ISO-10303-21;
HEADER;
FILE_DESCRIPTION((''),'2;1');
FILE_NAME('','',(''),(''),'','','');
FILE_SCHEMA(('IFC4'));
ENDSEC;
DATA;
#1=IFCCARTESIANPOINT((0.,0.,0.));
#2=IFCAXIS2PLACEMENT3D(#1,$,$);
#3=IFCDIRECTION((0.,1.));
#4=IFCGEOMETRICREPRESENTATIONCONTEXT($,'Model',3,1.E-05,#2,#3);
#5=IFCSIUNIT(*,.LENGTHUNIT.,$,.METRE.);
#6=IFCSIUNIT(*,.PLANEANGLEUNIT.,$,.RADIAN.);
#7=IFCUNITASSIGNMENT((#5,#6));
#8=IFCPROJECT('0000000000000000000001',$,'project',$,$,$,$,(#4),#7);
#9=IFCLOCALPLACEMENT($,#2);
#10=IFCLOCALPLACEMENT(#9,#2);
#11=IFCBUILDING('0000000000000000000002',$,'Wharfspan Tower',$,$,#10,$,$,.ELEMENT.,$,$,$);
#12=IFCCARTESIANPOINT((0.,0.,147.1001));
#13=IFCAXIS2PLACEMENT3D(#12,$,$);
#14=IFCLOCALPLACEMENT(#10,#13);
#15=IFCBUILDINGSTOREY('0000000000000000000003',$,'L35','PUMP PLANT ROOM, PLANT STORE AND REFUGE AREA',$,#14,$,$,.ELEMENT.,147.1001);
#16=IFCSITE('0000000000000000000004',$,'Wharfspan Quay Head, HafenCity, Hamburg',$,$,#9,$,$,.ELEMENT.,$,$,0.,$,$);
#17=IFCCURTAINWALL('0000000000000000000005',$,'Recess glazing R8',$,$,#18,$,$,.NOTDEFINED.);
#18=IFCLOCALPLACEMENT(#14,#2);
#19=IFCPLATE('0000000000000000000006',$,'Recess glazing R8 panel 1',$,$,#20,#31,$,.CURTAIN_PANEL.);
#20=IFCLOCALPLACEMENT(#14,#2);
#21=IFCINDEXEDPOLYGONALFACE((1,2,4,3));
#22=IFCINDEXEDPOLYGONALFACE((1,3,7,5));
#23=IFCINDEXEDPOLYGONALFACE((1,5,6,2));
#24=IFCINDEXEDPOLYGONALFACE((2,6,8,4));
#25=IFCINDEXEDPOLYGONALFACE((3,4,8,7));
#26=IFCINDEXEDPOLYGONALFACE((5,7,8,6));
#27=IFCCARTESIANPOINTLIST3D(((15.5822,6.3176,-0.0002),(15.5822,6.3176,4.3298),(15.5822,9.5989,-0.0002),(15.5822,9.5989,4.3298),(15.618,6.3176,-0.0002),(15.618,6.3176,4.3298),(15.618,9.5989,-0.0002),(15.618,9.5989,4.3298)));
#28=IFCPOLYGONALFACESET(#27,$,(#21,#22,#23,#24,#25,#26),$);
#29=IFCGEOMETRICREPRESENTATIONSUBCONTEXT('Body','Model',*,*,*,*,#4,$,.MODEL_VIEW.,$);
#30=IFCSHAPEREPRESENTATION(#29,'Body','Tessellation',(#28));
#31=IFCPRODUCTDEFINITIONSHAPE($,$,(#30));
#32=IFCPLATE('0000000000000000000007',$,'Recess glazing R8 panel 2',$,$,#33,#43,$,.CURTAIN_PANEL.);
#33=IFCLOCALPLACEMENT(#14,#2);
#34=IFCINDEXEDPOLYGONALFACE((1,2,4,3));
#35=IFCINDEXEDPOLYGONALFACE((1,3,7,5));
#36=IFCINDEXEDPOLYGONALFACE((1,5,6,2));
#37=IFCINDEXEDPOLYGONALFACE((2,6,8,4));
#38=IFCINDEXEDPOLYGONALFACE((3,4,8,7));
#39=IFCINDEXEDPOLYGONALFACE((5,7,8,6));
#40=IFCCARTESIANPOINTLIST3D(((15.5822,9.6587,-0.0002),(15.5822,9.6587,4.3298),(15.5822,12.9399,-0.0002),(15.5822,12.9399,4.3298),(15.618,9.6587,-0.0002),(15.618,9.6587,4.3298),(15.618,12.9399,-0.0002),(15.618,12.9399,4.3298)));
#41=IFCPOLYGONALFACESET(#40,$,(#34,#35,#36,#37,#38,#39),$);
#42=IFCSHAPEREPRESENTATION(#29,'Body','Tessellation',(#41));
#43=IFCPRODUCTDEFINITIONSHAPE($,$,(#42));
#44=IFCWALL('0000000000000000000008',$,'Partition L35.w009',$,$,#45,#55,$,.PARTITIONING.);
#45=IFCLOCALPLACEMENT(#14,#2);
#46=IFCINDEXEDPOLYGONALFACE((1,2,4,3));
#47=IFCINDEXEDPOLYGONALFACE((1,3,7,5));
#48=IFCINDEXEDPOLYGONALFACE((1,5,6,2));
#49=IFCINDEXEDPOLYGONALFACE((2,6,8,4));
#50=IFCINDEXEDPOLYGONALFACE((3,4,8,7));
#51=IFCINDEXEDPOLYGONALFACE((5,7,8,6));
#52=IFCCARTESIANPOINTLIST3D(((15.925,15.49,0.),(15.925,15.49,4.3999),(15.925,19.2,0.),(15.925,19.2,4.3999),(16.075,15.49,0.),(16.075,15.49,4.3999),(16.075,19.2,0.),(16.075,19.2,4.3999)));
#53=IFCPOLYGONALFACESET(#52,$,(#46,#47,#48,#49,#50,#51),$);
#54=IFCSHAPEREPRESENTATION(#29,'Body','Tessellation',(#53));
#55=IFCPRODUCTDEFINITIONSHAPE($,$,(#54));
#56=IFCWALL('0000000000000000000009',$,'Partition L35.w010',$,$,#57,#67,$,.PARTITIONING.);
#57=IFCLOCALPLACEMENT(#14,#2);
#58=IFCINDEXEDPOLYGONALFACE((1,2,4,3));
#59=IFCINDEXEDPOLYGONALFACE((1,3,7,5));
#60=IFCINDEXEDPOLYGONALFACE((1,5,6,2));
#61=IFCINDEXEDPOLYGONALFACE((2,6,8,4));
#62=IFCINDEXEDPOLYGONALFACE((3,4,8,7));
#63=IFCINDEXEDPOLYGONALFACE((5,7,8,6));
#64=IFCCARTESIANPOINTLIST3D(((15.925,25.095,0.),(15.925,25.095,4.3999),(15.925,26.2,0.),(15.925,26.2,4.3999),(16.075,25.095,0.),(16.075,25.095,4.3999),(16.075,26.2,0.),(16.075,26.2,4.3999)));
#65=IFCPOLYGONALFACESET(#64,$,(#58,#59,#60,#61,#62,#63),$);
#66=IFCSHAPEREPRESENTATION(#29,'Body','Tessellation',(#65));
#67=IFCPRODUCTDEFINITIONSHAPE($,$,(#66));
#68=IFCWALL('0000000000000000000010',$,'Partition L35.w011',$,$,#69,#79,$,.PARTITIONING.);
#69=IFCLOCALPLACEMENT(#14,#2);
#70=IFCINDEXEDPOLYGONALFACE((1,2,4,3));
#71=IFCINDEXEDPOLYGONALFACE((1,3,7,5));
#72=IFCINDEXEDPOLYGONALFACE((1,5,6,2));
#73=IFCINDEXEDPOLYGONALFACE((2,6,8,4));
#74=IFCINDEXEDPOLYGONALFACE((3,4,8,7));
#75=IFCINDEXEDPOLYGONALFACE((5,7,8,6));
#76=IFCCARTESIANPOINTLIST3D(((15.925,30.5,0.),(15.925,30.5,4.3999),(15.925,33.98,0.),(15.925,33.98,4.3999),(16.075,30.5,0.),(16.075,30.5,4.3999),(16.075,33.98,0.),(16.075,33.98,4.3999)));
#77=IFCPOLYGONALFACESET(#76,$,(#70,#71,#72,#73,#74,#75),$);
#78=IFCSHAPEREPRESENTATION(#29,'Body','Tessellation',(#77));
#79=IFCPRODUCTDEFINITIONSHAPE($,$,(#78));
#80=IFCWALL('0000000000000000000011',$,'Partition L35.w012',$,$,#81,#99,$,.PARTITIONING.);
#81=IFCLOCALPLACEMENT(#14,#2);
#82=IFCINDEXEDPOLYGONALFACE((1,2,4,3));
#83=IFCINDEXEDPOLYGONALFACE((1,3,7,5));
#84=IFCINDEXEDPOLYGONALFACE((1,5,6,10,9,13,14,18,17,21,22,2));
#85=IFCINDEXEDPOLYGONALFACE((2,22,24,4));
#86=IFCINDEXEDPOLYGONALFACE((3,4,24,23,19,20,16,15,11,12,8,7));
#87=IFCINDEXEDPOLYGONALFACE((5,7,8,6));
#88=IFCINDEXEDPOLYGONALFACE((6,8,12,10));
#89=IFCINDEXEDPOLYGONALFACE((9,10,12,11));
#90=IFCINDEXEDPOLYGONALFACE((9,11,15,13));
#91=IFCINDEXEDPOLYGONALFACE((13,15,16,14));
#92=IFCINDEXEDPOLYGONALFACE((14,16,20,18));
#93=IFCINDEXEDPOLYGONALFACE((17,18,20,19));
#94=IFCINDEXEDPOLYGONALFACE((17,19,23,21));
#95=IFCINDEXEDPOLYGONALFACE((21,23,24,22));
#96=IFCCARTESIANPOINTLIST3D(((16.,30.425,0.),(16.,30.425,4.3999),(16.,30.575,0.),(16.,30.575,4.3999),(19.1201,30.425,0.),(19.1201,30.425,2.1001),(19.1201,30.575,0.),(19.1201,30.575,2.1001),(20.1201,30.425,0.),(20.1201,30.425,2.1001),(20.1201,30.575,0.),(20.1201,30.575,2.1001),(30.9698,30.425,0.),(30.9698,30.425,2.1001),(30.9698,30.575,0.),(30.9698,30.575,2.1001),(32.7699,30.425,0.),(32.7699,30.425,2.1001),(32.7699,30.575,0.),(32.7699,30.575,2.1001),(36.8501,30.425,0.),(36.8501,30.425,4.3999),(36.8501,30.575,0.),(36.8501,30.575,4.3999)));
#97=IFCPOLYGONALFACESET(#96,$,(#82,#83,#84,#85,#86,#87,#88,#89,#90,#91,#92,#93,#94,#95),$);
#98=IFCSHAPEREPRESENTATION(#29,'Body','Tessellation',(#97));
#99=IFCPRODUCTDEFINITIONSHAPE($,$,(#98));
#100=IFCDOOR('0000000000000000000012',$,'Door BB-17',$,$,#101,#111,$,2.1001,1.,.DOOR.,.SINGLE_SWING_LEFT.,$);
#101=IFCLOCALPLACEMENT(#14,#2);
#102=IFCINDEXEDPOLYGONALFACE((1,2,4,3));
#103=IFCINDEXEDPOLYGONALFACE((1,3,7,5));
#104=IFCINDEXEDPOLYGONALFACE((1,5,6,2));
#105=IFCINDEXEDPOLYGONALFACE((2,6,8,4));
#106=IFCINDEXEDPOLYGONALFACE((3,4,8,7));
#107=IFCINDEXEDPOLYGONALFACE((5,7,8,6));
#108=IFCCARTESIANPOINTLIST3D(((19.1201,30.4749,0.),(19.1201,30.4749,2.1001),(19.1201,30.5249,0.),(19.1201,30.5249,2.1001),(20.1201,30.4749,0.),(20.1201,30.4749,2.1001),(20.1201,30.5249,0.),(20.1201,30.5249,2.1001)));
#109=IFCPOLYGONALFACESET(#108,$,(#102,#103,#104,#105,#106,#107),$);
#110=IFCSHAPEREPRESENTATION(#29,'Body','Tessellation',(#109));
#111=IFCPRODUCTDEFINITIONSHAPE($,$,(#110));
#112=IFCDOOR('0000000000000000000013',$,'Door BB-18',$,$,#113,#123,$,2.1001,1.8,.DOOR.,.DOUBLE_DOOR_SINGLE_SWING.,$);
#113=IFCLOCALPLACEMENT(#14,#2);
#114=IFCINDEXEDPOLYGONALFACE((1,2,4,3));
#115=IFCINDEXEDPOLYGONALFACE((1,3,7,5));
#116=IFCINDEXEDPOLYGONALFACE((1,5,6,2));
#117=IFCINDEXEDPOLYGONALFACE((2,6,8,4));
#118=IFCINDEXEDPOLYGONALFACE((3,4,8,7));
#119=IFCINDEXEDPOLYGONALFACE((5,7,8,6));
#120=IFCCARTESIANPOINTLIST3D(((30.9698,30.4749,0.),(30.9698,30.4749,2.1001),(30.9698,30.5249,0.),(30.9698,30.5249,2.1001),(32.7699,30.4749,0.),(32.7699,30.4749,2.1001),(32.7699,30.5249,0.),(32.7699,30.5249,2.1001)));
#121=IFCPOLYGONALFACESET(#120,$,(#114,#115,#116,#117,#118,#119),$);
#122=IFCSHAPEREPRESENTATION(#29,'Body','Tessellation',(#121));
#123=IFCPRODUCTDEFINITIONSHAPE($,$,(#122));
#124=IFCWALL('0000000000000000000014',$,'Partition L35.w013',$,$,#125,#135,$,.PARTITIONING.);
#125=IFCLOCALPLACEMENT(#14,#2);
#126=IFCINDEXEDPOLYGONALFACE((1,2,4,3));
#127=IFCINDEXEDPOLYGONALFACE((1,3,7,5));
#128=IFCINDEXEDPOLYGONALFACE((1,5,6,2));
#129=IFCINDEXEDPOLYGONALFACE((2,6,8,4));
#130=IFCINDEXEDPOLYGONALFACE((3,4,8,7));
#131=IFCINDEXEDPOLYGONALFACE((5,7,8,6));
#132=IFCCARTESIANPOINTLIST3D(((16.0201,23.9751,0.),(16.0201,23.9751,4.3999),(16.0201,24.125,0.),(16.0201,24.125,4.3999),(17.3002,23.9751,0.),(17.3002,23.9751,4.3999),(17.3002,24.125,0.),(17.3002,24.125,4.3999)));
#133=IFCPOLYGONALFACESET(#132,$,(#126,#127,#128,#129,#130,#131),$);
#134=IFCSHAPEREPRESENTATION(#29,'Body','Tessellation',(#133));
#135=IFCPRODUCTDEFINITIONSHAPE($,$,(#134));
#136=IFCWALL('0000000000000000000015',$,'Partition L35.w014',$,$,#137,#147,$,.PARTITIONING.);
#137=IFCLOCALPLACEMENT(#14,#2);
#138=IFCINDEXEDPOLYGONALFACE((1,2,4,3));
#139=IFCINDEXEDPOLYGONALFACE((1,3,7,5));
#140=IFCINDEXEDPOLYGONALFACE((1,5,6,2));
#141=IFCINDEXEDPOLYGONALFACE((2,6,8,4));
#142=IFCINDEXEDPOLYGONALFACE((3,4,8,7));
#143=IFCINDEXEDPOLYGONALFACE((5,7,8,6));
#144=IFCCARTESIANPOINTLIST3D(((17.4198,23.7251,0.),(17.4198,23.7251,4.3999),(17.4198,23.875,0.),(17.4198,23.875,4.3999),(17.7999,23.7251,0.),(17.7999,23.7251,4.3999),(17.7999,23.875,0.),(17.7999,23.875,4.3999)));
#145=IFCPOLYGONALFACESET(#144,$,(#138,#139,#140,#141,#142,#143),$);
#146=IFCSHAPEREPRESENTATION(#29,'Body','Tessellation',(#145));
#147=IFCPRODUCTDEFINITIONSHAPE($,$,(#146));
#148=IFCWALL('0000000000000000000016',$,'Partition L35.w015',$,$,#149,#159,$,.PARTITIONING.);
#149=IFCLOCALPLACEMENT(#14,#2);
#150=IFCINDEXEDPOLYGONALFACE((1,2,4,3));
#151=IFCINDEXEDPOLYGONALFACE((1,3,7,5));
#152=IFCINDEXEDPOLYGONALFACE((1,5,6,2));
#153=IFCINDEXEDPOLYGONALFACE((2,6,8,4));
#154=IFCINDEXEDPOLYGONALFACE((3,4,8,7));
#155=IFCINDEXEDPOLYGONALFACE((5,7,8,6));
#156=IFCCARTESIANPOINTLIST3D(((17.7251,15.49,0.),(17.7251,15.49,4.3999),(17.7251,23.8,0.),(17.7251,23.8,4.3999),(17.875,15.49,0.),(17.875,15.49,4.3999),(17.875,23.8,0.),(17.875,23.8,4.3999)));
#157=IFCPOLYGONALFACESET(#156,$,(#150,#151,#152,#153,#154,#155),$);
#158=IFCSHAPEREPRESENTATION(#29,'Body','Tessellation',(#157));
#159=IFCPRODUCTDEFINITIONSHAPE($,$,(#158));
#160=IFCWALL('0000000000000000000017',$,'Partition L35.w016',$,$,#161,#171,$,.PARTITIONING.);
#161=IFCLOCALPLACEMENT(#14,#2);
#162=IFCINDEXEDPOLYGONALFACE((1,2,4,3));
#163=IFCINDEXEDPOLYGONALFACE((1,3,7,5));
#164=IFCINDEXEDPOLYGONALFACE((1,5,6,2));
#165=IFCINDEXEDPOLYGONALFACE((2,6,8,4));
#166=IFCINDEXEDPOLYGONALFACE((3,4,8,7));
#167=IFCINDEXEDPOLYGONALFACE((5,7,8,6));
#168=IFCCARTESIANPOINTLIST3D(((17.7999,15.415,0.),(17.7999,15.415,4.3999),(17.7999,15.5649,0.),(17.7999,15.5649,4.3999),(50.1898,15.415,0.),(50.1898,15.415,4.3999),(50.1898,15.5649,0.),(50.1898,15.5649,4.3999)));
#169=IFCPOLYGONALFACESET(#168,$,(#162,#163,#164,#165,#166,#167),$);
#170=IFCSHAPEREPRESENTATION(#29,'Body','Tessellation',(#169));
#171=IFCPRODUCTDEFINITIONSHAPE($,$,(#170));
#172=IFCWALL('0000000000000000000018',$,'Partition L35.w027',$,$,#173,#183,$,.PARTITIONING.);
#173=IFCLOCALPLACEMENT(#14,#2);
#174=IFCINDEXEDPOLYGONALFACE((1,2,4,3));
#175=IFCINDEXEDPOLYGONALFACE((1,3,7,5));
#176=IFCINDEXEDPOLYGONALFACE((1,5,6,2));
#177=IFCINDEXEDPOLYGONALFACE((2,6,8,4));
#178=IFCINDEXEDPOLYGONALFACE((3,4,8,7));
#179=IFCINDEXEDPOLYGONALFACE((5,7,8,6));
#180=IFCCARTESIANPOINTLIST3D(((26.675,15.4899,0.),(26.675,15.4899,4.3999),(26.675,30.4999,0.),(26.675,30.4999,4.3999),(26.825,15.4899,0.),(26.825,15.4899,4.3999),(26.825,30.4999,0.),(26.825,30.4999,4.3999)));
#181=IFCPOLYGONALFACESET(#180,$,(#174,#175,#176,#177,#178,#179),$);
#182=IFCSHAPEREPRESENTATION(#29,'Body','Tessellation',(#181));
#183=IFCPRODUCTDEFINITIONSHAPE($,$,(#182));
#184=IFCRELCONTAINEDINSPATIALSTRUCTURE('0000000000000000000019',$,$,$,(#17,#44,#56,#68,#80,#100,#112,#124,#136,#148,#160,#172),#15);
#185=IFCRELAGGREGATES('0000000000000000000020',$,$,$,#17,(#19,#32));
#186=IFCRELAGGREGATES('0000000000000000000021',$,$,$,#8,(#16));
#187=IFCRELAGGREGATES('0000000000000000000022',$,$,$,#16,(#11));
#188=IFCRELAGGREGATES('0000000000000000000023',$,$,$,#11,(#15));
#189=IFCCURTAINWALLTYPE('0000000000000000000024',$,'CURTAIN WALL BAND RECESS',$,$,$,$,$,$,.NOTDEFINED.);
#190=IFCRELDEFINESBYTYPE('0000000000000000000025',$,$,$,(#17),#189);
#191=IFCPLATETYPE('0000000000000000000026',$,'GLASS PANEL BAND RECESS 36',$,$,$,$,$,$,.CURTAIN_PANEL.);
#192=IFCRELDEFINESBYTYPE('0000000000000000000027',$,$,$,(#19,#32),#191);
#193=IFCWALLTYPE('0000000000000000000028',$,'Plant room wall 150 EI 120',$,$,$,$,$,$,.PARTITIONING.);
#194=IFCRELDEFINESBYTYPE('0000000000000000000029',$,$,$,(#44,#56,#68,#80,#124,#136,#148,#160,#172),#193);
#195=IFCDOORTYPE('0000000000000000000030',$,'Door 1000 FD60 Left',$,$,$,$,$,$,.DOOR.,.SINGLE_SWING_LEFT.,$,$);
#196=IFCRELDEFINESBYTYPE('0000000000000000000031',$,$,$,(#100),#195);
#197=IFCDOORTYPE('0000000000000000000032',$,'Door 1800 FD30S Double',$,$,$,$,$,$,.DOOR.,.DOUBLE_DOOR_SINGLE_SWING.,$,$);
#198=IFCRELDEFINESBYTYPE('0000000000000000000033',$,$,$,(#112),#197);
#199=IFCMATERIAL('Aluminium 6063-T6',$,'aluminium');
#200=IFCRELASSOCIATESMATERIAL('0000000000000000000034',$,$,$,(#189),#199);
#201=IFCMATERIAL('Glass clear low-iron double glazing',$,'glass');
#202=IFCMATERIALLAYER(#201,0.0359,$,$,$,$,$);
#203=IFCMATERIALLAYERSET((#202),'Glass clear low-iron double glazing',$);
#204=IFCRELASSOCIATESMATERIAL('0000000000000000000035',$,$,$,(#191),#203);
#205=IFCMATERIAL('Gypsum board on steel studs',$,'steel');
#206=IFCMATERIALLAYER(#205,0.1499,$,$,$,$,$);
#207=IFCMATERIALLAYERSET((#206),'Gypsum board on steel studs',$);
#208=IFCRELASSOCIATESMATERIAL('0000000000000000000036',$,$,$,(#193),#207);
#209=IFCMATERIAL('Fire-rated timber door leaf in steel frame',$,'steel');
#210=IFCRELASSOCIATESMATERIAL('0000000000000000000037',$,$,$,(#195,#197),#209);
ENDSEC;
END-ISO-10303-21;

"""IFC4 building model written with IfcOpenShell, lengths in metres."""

from ifc_helpers import new_model, si_unit, direction, frame, frame_2d, origin, origin_2d, place, context, subcontext, project, spatial, rectangle, extrude, material, layer, layer_set, type_object, element, fill, aggregate, save


model = new_model("IFC4")

# Units and contexts
model_context = context("Model", 3, precision=1e-05, world=origin(), true_north=direction((0.0, 1.0)))
body_context = subcontext(model_context, "Body", "Model", "MODEL_VIEW")
ifc_project = project(units=[si_unit("LENGTHUNIT", "METRE"), si_unit("PLANEANGLEUNIT", "RADIAN")], contexts=[model_context])

# Site, building, storey
site_placement = place(None, origin())
site = spatial("IfcSite", under=ifc_project, at=site_placement, Name="Wharfspan Quay Head, HafenCity, Hamburg", CompositionType="ELEMENT", RefElevation=0.0)
building_placement = place(site_placement, origin())
building = spatial("IfcBuilding", under=site, at=building_placement, Name="Wharfspan Tower", CompositionType="ELEMENT")
storey_placement = place(building_placement, frame((0.0, 0.0, 147.1001)))
storey = spatial("IfcBuildingStorey", under=building, at=storey_placement, Name="L35", Description="PUMP PLANT ROOM, PLANT STORE AND REFUGE AREA", CompositionType="ELEMENT", Elevation=147.1001)

# Shared definitions
ifc_material_1 = material(Name="Aluminium 6063-T6", Category="aluminium")
curtain_wall_type = type_object("IfcCurtainWallType", Name="CURTAIN WALL BAND RECESS", PredefinedType="NOTDEFINED", material=ifc_material_1)

# Curtain wall
curtain_wall_1_placement = place(storey_placement, origin())
curtain_wall_1 = element("IfcCurtainWall", 1, at=curtain_wall_1_placement, inside=storey, type_object=curtain_wall_type, Name="Recess glazing R8", PredefinedType="NOTDEFINED")

# Plates
ifc_material_2 = material(Name="Glass clear low-iron double glazing", Category="glass")
ifc_layer_1 = layer(ifc_material_2, 0.0359)
ifc_layer_set_1 = layer_set([ifc_layer_1], Name="Glass clear low-iron double glazing")
plate_type = type_object("IfcPlateType", Name="GLASS PANEL BAND RECESS 36", PredefinedType="CURTAIN_PANEL", material=ifc_layer_set_1)
plate_1_placement = place(storey_placement, frame((15.6001, 7.9583, -0.0002), z_axis=(0.0, 0.0, 1.0), x_axis=(0.0, 1.0, 0.0)))
plate_1 = element("IfcPlate", 2, at=plate_1_placement, type_object=plate_type, Name="Recess glazing R8 panel 1", PredefinedType="CURTAIN_PANEL", context=body_context, shape_type="SweptSolid", body=[
    extrude(rectangle(XDim=3.2812, YDim=0.0359, at=origin_2d()), origin(), (0.0, 0.0, 1.0), 4.3301),
])
plate_2_placement = place(storey_placement, frame((15.6001, 11.2993, -0.0002), z_axis=(0.0, 0.0, 1.0), x_axis=(0.0, 1.0, 0.0)))
plate_2 = element("IfcPlate", 3, at=plate_2_placement, type_object=plate_type, Name="Recess glazing R8 panel 2", PredefinedType="CURTAIN_PANEL", context=body_context, shape_type="SweptSolid", body=[
    extrude(rectangle(XDim=3.2812, YDim=0.0359, at=origin_2d()), origin(), (0.0, 0.0, 1.0), 4.3301),
])
aggregate(curtain_wall_1, [plate_1, plate_2])

# Walls
ifc_material_3 = material(Name="Gypsum board on steel studs", Category="steel")
ifc_layer_2 = layer(ifc_material_3, 0.1499)
ifc_layer_set_2 = layer_set([ifc_layer_2], Name="Gypsum board on steel studs")
wall_type_1 = type_object("IfcWallType", Name="Plant room wall 150 EI 120", PredefinedType="PARTITIONING", material=ifc_layer_set_2)
wall_1_placement = place(storey_placement, frame((16.0, 15.49, 0.0), z_axis=(0.0, 0.0, 1.0), x_axis=(0.0, 1.0, 0.0)))
element("IfcWall", 4, at=wall_1_placement, inside=storey, type_object=wall_type_1, Name="Partition L35.w009", PredefinedType="PARTITIONING", context=body_context, shape_type="SweptSolid", body=[
    extrude(rectangle(XDim=3.71, YDim=0.1499, at=frame_2d((1.855, 0.0))), origin(), (0.0, 0.0, 1.0), 4.3999),
])
wall_2_placement = place(storey_placement, frame((16.0, 25.095, 0.0), z_axis=(0.0, 0.0, 1.0), x_axis=(0.0, 1.0, 0.0)))
element("IfcWall", 5, at=wall_2_placement, inside=storey, type_object=wall_type_1, Name="Partition L35.w010", PredefinedType="PARTITIONING", context=body_context, shape_type="SweptSolid", body=[
    extrude(rectangle(XDim=1.105, YDim=0.1499, at=frame_2d((0.5525, 0.0))), origin(), (0.0, 0.0, 1.0), 4.3999),
])
wall_3_placement = place(storey_placement, frame((16.0, 30.5, 0.0), z_axis=(0.0, 0.0, 1.0), x_axis=(0.0, 1.0, 0.0)))
element("IfcWall", 6, at=wall_3_placement, inside=storey, type_object=wall_type_1, Name="Partition L35.w011", PredefinedType="PARTITIONING", context=body_context, shape_type="SweptSolid", body=[
    extrude(rectangle(XDim=3.48, YDim=0.1499, at=frame_2d((1.74, 0.0))), origin(), (0.0, 0.0, 1.0), 4.3999),
])

# Wall, openings, doors
wall_4_placement = place(storey_placement, frame((16.0, 30.5, 0.0), z_axis=(0.0, 0.0, 1.0), x_axis=(1.0, 0.0, 0.0)))
wall_4 = element("IfcWall", 7, at=wall_4_placement, inside=storey, type_object=wall_type_1, Name="Partition L35.w012", PredefinedType="PARTITIONING", context=body_context, shape_type="SweptSolid", body=[
    extrude(rectangle(XDim=20.8501, YDim=0.1499, at=frame_2d((10.425, 0.0))), origin(), (0.0, 0.0, 1.0), 4.3999),
])
opening_1_placement = place(wall_4_placement, frame((3.1201, 0.0, 0.0)))
opening_1 = element("IfcOpeningElement", 8, at=opening_1_placement, cuts=wall_4, PredefinedType="OPENING", context=body_context, shape_type="SweptSolid", body=[
    extrude(rectangle(XDim=1.0, YDim=2.1001, at=frame_2d((0.5, 1.05))), frame((0.0, 0.085, 0.0), z_axis=(0.0, -1.0, 0.0), x_axis=(1.0, 0.0, 0.0)), (0.0, 0.0, 1.0), 0.1699),
])
opening_2_placement = place(wall_4_placement, frame((14.97, 0.0, 0.0)))
opening_2 = element("IfcOpeningElement", 9, at=opening_2_placement, cuts=wall_4, PredefinedType="OPENING", context=body_context, shape_type="SweptSolid", body=[
    extrude(rectangle(XDim=1.8, YDim=2.1001, at=frame_2d((0.8999, 1.05))), frame((0.0, 0.085, 0.0), z_axis=(0.0, -1.0, 0.0), x_axis=(1.0, 0.0, 0.0)), (0.0, 0.0, 1.0), 0.1699),
])
ifc_material_4 = material(Name="Fire-rated timber door leaf in steel frame", Category="steel")
door_type_1 = type_object("IfcDoorType", Name="Door 1000 FD60 Left", OperationType="SINGLE_SWING_LEFT", PredefinedType="DOOR", material=ifc_material_4)
door_1_placement = place(opening_1_placement, origin())
door_1 = element("IfcDoor", 10, at=door_1_placement, inside=storey, type_object=door_type_1, Name="Door BB-17", OperationType="SINGLE_SWING_LEFT", OverallHeight=2.1001, OverallWidth=1.0, PredefinedType="DOOR", context=body_context, shape_type="SweptSolid", body=[
    extrude(rectangle(XDim=1.0, YDim=2.1001, at=frame_2d((0.5, 1.05))), frame((0.0, 0.0249, 0.0), z_axis=(0.0, -1.0, 0.0), x_axis=(1.0, 0.0, 0.0)), (0.0, 0.0, 1.0), 0.05),
])
fill(opening_1, door_1)
door_type_2 = type_object("IfcDoorType", Name="Door 1800 FD30S Double", OperationType="DOUBLE_DOOR_SINGLE_SWING", PredefinedType="DOOR", material=ifc_material_4)
door_2_placement = place(opening_2_placement, origin())
door_2 = element("IfcDoor", 11, at=door_2_placement, inside=storey, type_object=door_type_2, Name="Door BB-18", OperationType="DOUBLE_DOOR_SINGLE_SWING", OverallHeight=2.1001, OverallWidth=1.8, PredefinedType="DOOR", context=body_context, shape_type="SweptSolid", body=[
    extrude(rectangle(XDim=1.8, YDim=2.1001, at=frame_2d((0.8999, 1.05))), frame((0.0, 0.0249, 0.0), z_axis=(0.0, -1.0, 0.0), x_axis=(1.0, 0.0, 0.0)), (0.0, 0.0, 1.0), 0.05),
])
fill(opening_2, door_2)

# Walls
wall_5_placement = place(storey_placement, frame((16.02, 24.05, 0.0), z_axis=(0.0, 0.0, 1.0), x_axis=(1.0, 0.0, 0.0)))
element("IfcWall", 12, at=wall_5_placement, inside=storey, type_object=wall_type_1, Name="Partition L35.w013", PredefinedType="PARTITIONING", context=body_context, shape_type="SweptSolid", body=[
    extrude(rectangle(XDim=1.28, YDim=0.1499, at=frame_2d((0.6401, 0.0))), origin(), (0.0, 0.0, 1.0), 4.3999),
])
wall_6_placement = place(storey_placement, frame((17.4199, 23.8, 0.0), z_axis=(0.0, 0.0, 1.0), x_axis=(1.0, 0.0, 0.0)))
element("IfcWall", 13, at=wall_6_placement, inside=storey, type_object=wall_type_1, Name="Partition L35.w014", PredefinedType="PARTITIONING", context=body_context, shape_type="SweptSolid", body=[
    extrude(rectangle(XDim=0.3801, YDim=0.1499, at=frame_2d((0.1899, 0.0))), origin(), (0.0, 0.0, 1.0), 4.3999),
])
wall_7_placement = place(storey_placement, frame((17.8, 15.49, 0.0), z_axis=(0.0, 0.0, 1.0), x_axis=(0.0, 1.0, 0.0)))
element("IfcWall", 14, at=wall_7_placement, inside=storey, type_object=wall_type_1, Name="Partition L35.w015", PredefinedType="PARTITIONING", context=body_context, shape_type="SweptSolid", body=[
    extrude(rectangle(XDim=8.3101, YDim=0.1499, at=frame_2d((4.155, 0.0))), origin(), (0.0, 0.0, 1.0), 4.3999),
])
wall_8_placement = place(storey_placement, frame((17.8, 15.49, 0.0), z_axis=(0.0, 0.0, 1.0), x_axis=(1.0, 0.0, 0.0)))
element("IfcWall", 15, at=wall_8_placement, inside=storey, type_object=wall_type_1, Name="Partition L35.w016", PredefinedType="PARTITIONING", context=body_context, shape_type="SweptSolid", body=[
    extrude(rectangle(XDim=32.3899, YDim=0.1499, at=frame_2d((16.1948, 0.0))), origin(), (0.0, 0.0, 1.0), 4.3999),
])
wall_9_placement = place(storey_placement, frame((26.75, 15.49, 0.0), z_axis=(0.0, 0.0, 1.0), x_axis=(0.0, 1.0, 0.0)))
element("IfcWall", 16, at=wall_9_placement, inside=storey, type_object=wall_type_1, Name="Partition L35.w027", PredefinedType="PARTITIONING", context=body_context, shape_type="SweptSolid", body=[
    extrude(rectangle(XDim=15.01, YDim=0.1499, at=frame_2d((7.5049, 0.0))), origin(), (0.0, 0.0, 1.0), 4.3999),
])

save(model, "model.ifc")
